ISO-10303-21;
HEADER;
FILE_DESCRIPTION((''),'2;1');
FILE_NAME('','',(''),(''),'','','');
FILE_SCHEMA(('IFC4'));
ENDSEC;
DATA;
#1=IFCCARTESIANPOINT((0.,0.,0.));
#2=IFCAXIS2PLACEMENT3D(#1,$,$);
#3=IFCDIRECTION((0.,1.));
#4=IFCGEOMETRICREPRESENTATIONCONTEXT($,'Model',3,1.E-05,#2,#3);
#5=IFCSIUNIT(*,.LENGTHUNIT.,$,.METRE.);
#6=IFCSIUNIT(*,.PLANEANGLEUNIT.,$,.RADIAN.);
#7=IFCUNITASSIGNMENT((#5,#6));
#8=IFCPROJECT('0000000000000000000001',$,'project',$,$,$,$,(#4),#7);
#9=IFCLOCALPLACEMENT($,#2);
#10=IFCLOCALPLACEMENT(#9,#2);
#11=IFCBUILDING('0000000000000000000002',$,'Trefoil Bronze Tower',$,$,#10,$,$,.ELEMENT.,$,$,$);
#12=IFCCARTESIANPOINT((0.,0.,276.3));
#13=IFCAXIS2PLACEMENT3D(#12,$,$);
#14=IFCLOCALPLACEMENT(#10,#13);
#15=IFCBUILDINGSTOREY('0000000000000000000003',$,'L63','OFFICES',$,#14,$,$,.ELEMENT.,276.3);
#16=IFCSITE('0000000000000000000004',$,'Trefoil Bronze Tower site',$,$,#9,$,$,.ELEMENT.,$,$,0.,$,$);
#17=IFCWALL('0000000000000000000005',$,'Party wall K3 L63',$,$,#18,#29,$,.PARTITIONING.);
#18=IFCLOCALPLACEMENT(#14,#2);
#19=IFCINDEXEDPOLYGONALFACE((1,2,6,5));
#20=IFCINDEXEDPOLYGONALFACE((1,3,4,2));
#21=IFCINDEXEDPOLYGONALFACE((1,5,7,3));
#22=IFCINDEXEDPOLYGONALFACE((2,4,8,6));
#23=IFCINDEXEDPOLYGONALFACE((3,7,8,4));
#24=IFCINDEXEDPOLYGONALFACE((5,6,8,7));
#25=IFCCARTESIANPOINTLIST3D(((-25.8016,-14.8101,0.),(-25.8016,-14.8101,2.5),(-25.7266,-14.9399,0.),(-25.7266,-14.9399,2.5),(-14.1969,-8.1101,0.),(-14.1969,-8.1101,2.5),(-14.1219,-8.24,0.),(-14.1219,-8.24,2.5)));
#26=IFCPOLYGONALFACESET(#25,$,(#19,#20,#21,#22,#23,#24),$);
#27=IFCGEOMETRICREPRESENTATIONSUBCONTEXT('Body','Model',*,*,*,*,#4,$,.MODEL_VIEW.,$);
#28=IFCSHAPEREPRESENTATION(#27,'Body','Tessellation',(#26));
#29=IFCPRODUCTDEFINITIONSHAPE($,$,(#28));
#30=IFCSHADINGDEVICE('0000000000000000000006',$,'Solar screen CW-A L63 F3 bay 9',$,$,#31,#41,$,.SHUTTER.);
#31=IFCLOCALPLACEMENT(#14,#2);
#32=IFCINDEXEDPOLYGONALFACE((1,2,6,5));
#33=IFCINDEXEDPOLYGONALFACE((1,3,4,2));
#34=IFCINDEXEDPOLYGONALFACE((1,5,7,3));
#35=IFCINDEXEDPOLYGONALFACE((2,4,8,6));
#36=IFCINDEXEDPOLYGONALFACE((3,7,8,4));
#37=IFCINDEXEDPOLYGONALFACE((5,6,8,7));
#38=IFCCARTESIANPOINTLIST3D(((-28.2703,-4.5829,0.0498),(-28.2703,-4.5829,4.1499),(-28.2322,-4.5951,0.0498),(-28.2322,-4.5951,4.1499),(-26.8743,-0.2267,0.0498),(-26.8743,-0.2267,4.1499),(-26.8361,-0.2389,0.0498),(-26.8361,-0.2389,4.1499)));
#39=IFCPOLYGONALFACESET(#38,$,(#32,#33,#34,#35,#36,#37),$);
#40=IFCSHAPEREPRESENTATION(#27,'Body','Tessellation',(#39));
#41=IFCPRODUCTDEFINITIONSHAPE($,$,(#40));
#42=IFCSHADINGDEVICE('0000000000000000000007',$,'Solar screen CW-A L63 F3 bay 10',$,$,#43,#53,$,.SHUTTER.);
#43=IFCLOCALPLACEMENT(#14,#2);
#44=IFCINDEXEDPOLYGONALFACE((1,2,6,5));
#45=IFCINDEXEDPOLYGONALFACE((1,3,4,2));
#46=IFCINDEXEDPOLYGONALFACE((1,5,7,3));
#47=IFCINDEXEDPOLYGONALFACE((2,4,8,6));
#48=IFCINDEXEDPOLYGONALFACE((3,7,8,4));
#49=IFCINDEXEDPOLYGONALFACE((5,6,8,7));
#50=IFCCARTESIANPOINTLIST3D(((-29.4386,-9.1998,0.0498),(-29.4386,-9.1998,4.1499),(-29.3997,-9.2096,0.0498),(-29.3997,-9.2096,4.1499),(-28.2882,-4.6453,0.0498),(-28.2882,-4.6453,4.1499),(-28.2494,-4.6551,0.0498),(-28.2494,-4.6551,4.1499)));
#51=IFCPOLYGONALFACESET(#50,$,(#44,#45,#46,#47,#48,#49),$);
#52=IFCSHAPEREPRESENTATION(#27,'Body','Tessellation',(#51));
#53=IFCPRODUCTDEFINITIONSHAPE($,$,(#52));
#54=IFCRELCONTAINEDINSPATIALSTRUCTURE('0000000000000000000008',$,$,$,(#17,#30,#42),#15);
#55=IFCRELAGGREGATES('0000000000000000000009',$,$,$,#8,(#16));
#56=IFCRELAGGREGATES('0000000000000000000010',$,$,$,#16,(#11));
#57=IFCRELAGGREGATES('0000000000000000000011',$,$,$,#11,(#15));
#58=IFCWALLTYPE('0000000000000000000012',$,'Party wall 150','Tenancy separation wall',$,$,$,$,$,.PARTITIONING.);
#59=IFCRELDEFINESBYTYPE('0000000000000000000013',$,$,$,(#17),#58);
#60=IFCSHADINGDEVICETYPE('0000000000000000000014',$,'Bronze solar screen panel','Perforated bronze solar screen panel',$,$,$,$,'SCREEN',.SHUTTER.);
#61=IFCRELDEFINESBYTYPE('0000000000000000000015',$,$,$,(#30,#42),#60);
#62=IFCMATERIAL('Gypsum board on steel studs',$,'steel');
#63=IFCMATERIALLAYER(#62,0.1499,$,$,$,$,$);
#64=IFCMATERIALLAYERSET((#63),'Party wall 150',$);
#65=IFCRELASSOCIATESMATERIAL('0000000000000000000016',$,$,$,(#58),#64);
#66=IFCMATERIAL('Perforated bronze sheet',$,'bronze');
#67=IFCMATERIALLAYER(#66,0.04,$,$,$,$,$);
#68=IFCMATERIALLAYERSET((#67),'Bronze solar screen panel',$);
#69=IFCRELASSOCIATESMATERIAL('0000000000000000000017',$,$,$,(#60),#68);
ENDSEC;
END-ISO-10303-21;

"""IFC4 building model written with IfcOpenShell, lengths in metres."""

from ifc_helpers import new_model, si_unit, direction, frame, frame_2d, origin, origin_2d, place, context, subcontext, project, spatial, rectangle, extrude, material, layer, layer_set, type_object, element, save


model = new_model("IFC4")

# Units and contexts
model_context = context("Model", 3, precision=1e-05, world=origin(), true_north=direction((0.0, 1.0)))
body_context = subcontext(model_context, "Body", "Model", "MODEL_VIEW")
ifc_project = project(units=[si_unit("LENGTHUNIT", "METRE"), si_unit("PLANEANGLEUNIT", "RADIAN")], contexts=[model_context])

# Site, building, storey
site_placement = place(None, origin())
site = spatial("IfcSite", under=ifc_project, at=site_placement, Name="Trefoil Bronze Tower site", CompositionType="ELEMENT", RefElevation=0.0)
building_placement = place(site_placement, origin())
building = spatial("IfcBuilding", under=site, at=building_placement, Name="Trefoil Bronze Tower", CompositionType="ELEMENT")
storey_placement = place(building_placement, frame((0.0, 0.0, 276.3)))
storey = spatial("IfcBuildingStorey", under=building, at=storey_placement, Name="L63", Description="OFFICES", CompositionType="ELEMENT", Elevation=276.3)

# Wall
ifc_material_1 = material(Name="Gypsum board on steel studs", Category="steel")
ifc_layer_1 = layer(ifc_material_1, 0.1499)
ifc_layer_set_1 = layer_set([ifc_layer_1], Name="Party wall 150")
wall_type_1 = type_object("IfcWallType", Name="Party wall 150", Description="Tenancy separation wall", PredefinedType="PARTITIONING", material=ifc_layer_set_1)
wall_1_placement = place(storey_placement, frame((-14.1594, -8.175, 0.0), z_axis=(0.0, 0.0, 1.0), x_axis=(-0.866027, -0.499997, 0.0)))
element("IfcWall", 1, at=wall_1_placement, inside=storey, type_object=wall_type_1, Name="Party wall K3 L63", PredefinedType="PARTITIONING", context=body_context, shape_type="SweptSolid", body=[
    extrude(rectangle(XDim=13.3999, YDim=0.1499, at=frame_2d((6.7, 0.0))), origin(), (0.0, 0.0, 1.0), 2.5),
])

# Shading devices
ifc_material_2 = material(Name="Perforated bronze sheet", Category="bronze")
ifc_layer_2 = layer(ifc_material_2, 0.04)
ifc_layer_set_2 = layer_set([ifc_layer_2], Name="Bronze solar screen panel")
shading_device_type = type_object("IfcShadingDeviceType", Name="Bronze solar screen panel", Description="Perforated bronze solar screen panel", ElementType="SCREEN", PredefinedType="SHUTTER", material=ifc_layer_set_2)
shading_device_1_placement = place(storey_placement, frame((-27.5532, -2.4109, 0.0498), z_axis=(0.0, 0.0, 1.0), x_axis=(-0.305188, -0.952292, 0.0)))
element("IfcShadingDevice", 2, at=shading_device_1_placement, inside=storey, type_object=shading_device_type, Name="Solar screen CW-A L63 F3 bay 9", PredefinedType="SHUTTER", context=body_context, shape_type="SweptSolid", body=[
    extrude(rectangle(XDim=4.5745, YDim=0.04, at=origin_2d()), origin(), (0.0, 0.0, 1.0), 4.1001),
])
shading_device_2_placement = place(storey_placement, frame((-28.844, -6.9275, 0.0498), z_axis=(0.0, 0.0, 1.0), x_axis=(-0.24488, -0.969554, 0.0)))
element("IfcShadingDevice", 3, at=shading_device_2_placement, inside=storey, type_object=shading_device_type, Name="Solar screen CW-A L63 F3 bay 10", PredefinedType="SHUTTER", context=body_context, shape_type="SweptSolid", body=[
    extrude(rectangle(XDim=4.6975, YDim=0.04, at=origin_2d()), origin(), (0.0, 0.0, 1.0), 4.1001),
])

save(model, "model.ifc")
